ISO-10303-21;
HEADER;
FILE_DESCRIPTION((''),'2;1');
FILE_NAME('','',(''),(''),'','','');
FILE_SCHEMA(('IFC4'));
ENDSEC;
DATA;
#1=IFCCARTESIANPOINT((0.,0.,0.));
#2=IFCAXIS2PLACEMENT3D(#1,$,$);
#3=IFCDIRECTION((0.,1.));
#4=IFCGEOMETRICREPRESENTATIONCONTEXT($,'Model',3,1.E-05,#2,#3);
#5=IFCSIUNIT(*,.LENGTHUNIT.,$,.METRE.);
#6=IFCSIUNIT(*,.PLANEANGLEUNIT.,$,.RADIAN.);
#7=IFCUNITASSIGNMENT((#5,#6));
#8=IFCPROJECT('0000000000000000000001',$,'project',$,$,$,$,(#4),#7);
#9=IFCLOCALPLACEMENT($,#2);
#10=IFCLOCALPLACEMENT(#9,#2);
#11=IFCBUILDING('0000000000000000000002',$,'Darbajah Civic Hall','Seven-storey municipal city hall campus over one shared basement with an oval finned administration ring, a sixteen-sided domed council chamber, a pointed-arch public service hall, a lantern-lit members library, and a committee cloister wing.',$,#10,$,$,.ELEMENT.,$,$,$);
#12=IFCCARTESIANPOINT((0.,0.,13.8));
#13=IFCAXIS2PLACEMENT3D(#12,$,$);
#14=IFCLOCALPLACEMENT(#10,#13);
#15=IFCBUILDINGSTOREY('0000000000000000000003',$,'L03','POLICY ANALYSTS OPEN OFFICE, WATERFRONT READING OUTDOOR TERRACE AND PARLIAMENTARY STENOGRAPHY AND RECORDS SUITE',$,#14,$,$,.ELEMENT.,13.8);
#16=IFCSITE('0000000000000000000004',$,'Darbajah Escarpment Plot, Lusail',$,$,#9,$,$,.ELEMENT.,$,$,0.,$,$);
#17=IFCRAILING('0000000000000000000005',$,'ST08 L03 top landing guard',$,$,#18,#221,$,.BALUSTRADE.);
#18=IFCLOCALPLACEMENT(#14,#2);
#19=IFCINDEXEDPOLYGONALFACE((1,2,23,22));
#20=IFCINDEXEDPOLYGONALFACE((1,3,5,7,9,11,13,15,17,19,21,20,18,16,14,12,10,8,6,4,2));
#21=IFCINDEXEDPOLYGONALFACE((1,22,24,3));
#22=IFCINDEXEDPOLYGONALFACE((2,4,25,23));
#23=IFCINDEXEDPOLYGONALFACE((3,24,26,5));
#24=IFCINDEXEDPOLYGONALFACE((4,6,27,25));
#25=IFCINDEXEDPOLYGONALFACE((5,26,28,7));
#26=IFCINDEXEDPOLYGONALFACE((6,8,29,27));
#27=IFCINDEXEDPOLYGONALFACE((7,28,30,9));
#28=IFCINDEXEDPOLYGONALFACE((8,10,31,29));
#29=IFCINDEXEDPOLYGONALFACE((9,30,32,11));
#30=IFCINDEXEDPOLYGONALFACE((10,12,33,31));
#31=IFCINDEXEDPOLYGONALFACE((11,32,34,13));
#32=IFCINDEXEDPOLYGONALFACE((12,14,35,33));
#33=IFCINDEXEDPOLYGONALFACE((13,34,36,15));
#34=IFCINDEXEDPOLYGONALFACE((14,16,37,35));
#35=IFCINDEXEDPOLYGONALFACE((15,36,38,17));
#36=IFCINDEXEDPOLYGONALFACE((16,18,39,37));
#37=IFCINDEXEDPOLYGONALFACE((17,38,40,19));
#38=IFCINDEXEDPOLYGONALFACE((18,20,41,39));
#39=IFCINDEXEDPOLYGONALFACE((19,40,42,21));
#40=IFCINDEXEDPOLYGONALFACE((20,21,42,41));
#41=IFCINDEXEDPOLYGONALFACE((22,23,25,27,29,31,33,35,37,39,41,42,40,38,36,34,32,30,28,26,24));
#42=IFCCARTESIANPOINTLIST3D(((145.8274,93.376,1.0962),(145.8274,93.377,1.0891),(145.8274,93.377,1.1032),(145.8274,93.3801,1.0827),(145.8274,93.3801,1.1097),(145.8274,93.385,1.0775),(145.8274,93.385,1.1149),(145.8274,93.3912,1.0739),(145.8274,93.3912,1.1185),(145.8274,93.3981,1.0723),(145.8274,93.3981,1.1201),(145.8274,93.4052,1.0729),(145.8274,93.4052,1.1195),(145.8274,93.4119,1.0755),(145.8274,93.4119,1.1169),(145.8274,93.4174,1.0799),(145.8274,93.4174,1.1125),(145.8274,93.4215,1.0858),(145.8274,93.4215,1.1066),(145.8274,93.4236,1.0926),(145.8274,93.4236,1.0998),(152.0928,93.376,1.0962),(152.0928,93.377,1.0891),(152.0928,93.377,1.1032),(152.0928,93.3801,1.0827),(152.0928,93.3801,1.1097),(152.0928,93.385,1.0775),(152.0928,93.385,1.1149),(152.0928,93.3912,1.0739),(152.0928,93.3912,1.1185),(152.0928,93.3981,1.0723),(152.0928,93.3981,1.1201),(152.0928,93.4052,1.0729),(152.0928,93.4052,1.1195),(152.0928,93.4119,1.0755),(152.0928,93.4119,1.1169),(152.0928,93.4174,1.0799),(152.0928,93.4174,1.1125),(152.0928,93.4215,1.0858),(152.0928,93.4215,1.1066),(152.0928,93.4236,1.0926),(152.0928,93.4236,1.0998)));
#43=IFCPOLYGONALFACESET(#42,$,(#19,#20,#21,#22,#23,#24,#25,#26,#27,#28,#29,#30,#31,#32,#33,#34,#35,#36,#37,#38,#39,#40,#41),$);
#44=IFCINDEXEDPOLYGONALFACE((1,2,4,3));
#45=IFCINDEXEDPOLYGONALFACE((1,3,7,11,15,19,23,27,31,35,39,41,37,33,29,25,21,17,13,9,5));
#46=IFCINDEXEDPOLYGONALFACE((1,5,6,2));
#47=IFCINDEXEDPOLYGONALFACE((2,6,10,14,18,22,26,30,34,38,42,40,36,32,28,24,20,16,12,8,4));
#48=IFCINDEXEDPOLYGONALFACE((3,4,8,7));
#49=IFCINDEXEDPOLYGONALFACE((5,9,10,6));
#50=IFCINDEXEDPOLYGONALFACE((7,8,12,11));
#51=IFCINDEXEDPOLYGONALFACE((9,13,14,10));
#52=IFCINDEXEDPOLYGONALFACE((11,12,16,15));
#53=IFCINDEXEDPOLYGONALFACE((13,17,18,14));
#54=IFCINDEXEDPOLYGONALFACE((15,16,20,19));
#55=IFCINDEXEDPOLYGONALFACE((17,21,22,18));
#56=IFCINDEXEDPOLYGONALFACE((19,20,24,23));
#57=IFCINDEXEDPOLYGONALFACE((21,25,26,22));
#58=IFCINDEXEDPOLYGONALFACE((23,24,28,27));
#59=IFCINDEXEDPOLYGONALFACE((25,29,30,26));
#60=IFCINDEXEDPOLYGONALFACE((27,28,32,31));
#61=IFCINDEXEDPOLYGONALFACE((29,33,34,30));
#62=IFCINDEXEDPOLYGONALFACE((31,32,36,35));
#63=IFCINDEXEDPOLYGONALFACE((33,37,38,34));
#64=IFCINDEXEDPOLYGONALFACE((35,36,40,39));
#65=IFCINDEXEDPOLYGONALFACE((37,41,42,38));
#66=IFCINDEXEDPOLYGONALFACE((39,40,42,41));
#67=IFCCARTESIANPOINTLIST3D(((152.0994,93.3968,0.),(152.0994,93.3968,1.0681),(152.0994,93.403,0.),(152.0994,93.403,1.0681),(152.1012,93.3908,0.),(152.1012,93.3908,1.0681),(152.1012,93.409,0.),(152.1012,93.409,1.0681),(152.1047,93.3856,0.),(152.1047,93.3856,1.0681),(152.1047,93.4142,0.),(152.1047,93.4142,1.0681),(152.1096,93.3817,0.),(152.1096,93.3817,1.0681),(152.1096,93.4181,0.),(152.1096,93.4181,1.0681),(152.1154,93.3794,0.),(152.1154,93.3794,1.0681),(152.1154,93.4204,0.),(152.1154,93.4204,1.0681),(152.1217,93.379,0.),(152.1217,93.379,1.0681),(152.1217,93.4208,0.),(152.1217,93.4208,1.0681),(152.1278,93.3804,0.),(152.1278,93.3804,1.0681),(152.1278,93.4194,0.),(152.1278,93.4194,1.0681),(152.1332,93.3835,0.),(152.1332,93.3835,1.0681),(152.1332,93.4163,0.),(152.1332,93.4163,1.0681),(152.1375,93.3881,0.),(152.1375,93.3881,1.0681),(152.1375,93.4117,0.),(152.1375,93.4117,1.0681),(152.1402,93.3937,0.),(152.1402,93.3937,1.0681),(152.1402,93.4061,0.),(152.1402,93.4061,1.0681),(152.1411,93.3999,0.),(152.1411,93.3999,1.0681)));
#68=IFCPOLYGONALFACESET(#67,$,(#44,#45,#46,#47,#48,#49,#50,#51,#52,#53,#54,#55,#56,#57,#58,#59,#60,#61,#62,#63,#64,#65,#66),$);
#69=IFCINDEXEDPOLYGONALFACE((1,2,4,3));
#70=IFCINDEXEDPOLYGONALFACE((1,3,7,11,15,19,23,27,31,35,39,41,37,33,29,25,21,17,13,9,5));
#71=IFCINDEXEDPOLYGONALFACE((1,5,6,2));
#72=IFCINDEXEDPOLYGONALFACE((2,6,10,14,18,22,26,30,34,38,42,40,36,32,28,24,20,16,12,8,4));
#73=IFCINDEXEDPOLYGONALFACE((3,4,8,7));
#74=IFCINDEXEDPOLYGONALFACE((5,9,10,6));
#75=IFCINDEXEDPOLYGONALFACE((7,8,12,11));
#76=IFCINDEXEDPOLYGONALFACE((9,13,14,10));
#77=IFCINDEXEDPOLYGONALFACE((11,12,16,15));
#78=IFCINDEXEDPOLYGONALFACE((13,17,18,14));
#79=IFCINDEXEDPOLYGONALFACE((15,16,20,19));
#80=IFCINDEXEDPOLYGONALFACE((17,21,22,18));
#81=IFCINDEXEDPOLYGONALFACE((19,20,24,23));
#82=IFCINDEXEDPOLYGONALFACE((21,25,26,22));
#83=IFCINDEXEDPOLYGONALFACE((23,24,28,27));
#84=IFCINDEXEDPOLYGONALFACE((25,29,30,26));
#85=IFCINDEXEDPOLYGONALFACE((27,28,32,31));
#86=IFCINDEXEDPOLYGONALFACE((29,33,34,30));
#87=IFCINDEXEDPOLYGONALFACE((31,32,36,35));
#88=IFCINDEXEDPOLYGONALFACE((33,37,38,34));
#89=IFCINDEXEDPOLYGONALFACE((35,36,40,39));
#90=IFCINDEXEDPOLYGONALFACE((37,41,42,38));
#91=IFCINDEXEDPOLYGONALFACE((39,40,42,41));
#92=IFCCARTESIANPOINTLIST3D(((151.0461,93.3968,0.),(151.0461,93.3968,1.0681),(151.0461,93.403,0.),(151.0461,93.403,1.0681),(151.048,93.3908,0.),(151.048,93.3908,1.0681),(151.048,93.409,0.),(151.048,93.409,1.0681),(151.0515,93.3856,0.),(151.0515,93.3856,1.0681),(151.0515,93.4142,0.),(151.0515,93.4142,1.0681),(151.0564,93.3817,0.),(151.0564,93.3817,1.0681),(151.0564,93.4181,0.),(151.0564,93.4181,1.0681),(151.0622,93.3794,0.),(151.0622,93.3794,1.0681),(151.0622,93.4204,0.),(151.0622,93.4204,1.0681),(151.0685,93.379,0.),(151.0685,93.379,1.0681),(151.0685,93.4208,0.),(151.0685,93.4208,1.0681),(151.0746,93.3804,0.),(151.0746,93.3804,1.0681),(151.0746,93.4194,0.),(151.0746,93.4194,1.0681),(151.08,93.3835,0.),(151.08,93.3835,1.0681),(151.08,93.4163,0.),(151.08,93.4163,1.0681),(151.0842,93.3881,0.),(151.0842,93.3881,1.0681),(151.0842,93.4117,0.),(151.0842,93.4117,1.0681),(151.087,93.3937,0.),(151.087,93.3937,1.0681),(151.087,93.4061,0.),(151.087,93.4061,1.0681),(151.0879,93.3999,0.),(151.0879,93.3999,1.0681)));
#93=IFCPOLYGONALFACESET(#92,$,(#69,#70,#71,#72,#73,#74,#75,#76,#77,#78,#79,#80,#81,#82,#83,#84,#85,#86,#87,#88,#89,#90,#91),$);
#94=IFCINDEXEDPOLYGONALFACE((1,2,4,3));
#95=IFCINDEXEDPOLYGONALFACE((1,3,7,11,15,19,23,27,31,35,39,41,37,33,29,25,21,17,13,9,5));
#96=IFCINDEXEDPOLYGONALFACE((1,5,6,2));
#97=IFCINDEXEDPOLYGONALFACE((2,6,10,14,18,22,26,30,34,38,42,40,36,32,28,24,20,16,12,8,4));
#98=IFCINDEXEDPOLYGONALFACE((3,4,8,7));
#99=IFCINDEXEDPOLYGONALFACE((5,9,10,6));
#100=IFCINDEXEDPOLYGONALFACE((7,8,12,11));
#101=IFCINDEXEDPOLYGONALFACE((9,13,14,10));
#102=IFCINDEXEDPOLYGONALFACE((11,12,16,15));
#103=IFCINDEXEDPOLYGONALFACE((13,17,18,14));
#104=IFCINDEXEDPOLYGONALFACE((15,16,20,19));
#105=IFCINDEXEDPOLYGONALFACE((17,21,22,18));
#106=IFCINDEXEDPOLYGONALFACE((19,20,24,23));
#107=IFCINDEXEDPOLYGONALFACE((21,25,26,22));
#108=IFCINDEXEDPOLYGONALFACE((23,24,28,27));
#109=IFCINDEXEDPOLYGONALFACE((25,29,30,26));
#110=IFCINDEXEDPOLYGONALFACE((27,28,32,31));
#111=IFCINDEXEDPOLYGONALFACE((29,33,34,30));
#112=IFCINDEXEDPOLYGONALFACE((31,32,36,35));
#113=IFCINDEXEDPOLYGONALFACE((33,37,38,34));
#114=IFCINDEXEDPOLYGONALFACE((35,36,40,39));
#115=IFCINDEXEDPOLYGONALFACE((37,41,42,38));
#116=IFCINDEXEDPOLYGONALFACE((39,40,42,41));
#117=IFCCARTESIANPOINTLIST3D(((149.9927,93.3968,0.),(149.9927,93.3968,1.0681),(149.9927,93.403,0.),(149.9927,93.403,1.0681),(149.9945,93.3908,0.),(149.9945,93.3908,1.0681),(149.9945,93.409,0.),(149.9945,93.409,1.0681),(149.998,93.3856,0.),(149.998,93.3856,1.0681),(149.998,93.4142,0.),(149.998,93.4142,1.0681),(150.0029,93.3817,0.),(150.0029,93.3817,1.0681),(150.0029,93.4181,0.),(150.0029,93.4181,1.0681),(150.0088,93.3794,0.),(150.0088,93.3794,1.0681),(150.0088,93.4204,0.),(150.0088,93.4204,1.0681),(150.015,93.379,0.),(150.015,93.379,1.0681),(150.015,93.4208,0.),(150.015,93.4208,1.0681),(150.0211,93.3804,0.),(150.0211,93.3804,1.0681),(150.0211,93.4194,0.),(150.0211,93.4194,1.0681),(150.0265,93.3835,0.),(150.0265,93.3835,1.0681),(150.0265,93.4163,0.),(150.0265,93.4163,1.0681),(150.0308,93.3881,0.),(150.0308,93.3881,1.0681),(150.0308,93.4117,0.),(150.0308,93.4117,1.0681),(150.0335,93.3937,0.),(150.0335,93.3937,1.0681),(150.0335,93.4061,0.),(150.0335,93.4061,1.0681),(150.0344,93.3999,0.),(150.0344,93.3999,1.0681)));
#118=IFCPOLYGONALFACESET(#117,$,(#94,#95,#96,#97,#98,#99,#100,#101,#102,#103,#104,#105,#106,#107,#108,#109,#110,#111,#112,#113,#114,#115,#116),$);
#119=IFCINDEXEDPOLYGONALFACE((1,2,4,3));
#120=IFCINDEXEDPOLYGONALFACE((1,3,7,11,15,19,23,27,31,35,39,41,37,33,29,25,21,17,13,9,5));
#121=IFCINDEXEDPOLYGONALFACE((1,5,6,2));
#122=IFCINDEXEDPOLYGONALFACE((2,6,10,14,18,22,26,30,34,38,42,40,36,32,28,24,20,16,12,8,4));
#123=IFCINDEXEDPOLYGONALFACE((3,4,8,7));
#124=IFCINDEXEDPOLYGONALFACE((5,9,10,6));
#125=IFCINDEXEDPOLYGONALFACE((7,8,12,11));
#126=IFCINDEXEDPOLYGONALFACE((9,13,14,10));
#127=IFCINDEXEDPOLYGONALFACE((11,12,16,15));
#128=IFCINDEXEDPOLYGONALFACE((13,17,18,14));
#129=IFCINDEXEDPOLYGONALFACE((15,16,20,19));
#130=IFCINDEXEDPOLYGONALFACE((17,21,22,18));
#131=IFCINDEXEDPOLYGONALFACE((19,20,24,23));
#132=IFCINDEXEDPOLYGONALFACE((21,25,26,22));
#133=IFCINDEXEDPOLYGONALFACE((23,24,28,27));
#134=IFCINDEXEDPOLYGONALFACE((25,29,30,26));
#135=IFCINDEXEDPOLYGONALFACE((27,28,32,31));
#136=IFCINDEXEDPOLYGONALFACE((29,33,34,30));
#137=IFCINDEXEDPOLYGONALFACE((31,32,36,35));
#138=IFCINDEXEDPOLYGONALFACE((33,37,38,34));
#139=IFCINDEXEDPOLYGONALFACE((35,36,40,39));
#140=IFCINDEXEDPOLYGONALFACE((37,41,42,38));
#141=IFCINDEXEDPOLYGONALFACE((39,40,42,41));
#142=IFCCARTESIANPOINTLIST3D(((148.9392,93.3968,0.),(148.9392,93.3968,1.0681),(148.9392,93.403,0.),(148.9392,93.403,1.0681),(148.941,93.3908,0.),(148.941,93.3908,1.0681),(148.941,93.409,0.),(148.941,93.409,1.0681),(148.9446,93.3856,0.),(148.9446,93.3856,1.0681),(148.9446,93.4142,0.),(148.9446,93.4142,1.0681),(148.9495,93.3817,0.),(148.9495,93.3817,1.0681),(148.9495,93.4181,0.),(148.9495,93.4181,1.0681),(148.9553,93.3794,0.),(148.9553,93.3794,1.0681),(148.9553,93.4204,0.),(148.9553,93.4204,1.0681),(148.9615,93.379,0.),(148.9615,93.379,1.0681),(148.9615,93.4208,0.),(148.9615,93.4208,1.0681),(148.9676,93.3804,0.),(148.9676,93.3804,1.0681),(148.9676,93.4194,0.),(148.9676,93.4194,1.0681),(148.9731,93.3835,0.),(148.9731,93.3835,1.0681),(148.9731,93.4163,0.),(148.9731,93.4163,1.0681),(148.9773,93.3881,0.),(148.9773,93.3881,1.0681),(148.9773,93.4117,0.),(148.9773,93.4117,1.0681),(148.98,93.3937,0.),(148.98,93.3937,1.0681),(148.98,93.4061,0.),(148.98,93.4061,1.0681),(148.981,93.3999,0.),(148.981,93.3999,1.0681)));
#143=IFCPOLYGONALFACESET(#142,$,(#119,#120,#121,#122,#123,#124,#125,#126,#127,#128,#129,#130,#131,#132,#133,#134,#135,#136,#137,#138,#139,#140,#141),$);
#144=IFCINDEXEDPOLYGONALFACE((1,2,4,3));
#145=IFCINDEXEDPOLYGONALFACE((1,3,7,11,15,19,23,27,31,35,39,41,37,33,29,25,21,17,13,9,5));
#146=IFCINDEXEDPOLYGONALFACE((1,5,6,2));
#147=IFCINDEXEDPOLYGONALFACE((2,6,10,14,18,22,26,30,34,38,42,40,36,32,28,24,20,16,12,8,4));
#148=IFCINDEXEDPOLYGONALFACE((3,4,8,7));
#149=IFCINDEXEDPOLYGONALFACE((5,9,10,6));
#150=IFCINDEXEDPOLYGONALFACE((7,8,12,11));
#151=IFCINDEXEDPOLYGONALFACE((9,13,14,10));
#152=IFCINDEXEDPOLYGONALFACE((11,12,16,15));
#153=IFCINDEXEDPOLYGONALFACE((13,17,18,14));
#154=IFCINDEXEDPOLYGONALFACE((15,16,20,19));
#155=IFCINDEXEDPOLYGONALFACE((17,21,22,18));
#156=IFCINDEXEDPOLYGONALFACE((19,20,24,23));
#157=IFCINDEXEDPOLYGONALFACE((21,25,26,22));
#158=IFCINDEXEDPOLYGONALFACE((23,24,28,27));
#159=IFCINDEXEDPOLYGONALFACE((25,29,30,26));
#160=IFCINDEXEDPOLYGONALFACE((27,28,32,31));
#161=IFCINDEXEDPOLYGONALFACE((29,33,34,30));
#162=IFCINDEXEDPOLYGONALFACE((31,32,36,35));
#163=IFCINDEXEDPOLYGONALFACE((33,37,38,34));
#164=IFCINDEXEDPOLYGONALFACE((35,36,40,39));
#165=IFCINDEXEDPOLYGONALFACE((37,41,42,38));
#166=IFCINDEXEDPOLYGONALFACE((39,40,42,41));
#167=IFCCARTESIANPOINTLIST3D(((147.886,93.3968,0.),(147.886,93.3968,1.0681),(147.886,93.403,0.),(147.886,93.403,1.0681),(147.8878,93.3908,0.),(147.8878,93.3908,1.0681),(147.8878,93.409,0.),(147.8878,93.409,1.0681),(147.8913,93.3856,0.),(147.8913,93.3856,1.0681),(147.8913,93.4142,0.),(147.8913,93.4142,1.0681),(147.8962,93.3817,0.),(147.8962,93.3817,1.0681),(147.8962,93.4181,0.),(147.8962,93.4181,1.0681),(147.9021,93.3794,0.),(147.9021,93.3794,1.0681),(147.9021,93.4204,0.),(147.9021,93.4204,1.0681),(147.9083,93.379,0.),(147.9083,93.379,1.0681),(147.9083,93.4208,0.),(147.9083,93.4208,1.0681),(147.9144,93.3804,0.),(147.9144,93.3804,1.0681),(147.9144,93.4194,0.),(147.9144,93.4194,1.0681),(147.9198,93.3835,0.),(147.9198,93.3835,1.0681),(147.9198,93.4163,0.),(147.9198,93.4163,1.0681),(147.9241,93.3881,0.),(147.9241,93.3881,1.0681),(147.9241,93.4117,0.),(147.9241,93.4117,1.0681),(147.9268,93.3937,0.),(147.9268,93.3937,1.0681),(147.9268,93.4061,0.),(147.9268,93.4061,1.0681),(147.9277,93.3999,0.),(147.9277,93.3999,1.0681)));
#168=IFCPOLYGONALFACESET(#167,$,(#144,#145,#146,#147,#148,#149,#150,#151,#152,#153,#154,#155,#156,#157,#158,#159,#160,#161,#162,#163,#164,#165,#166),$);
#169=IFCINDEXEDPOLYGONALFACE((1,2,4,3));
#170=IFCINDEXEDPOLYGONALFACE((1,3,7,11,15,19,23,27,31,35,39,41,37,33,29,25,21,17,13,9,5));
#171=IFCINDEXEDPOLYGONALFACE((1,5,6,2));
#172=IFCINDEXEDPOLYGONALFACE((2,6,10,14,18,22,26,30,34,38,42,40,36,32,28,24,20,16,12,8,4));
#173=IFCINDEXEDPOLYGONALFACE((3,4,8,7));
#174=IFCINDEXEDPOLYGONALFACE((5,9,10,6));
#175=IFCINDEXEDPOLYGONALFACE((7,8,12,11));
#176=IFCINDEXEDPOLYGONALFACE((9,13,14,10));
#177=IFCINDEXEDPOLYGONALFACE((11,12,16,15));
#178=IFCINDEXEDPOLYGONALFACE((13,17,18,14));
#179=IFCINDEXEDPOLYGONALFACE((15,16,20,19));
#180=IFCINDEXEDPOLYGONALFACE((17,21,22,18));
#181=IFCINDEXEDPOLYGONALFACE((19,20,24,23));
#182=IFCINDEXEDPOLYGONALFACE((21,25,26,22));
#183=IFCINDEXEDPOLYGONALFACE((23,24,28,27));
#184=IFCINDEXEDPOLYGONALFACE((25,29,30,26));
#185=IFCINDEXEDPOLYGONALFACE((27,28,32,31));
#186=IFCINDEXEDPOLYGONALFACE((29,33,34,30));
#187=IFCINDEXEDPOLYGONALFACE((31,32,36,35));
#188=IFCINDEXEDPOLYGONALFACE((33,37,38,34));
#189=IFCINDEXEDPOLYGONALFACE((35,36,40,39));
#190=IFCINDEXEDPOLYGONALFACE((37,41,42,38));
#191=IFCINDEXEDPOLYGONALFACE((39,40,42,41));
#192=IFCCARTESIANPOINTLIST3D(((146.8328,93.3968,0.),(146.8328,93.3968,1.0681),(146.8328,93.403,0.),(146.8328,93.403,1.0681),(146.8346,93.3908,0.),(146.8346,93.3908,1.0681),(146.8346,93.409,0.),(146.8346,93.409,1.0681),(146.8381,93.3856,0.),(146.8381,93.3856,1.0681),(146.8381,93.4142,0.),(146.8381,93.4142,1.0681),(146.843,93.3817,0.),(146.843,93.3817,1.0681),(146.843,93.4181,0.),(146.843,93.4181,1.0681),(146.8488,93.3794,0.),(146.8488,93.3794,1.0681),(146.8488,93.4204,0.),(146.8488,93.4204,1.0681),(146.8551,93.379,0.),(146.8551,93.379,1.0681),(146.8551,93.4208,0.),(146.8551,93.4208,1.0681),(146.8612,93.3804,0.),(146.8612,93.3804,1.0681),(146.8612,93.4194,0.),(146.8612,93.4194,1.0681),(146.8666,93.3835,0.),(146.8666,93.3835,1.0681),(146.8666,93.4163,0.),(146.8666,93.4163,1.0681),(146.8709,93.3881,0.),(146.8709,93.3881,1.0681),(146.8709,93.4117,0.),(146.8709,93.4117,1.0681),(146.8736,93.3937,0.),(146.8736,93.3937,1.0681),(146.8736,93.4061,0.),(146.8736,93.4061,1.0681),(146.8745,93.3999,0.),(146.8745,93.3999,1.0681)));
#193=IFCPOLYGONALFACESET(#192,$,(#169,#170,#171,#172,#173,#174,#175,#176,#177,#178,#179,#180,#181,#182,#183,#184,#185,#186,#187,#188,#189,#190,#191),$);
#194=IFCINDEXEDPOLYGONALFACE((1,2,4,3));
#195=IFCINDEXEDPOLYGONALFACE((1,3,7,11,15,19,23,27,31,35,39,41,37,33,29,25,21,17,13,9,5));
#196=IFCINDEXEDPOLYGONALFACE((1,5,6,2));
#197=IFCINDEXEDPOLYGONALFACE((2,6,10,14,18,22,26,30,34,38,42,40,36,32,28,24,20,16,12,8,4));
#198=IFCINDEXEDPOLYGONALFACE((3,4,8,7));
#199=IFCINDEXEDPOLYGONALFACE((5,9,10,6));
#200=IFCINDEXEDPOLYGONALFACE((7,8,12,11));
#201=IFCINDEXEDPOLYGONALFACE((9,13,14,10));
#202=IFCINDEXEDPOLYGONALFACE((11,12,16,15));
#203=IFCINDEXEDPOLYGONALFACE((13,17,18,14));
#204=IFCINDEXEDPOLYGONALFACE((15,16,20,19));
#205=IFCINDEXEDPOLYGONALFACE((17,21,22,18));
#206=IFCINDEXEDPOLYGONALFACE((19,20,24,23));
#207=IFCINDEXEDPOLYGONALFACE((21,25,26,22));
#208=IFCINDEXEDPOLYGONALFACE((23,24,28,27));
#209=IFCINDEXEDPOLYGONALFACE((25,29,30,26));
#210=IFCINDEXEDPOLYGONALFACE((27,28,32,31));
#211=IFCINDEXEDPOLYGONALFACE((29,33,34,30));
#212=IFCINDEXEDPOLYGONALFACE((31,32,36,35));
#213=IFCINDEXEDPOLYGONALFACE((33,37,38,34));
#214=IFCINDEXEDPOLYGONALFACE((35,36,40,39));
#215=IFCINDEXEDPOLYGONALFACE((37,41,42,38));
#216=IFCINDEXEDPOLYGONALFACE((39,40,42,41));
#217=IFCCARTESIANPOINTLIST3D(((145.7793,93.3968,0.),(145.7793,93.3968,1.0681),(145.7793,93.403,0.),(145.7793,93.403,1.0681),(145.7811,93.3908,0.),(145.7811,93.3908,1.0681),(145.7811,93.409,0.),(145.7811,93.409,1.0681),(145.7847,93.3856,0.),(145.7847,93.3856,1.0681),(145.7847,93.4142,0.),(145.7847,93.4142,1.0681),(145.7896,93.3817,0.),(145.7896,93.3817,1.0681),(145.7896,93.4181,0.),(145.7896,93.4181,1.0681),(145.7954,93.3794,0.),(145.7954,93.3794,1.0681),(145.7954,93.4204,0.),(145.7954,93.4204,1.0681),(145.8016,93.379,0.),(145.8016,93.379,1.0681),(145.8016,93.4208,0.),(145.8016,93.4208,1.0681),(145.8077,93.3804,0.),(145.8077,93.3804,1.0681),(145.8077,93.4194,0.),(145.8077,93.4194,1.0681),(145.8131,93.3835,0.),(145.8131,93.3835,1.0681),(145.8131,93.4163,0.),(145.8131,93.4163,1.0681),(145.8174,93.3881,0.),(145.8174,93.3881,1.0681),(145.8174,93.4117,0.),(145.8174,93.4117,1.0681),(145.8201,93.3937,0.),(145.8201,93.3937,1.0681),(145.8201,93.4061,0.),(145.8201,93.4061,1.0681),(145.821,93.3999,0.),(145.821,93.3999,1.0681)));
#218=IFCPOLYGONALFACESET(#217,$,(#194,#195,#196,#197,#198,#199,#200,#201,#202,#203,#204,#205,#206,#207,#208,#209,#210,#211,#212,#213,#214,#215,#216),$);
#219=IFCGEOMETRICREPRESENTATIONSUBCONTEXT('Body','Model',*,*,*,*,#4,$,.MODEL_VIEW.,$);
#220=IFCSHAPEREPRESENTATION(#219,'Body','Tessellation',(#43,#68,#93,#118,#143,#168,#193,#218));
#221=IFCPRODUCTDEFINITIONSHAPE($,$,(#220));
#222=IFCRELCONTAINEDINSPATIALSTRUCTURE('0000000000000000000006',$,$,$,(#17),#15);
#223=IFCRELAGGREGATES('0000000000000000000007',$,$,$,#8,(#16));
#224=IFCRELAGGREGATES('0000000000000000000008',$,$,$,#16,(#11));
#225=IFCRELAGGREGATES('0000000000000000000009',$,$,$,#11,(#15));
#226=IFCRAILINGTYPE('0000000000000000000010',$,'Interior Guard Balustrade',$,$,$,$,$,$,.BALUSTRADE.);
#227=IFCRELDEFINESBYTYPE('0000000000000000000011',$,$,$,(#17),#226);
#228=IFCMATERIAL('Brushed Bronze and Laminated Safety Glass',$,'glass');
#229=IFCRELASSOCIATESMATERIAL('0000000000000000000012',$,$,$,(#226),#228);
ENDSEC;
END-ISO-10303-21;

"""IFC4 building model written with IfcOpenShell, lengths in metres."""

from ifc_helpers import new_model, si_unit, direction, frame, origin, origin_2d, place, context, subcontext, project, spatial, circle, extrude, material, type_object, element, save


model = new_model("IFC4")

# Units and contexts
model_context = context("Model", 3, precision=1e-05, world=origin(), true_north=direction((0.0, 1.0)))
body_context = subcontext(model_context, "Body", "Model", "MODEL_VIEW")
ifc_project = project(units=[si_unit("LENGTHUNIT", "METRE"), si_unit("PLANEANGLEUNIT", "RADIAN")], contexts=[model_context])

# Site, building, storey
site_placement = place(None, origin())
site = spatial("IfcSite", under=ifc_project, at=site_placement, Name="Darbajah Escarpment Plot, Lusail", CompositionType="ELEMENT", RefElevation=0.0)
building_placement = place(site_placement, origin())
building = spatial("IfcBuilding", under=site, at=building_placement, Name="Darbajah Civic Hall", Description="Seven-storey municipal city hall campus over one shared basement with an oval finned administration ring, a sixteen-sided domed council chamber, a pointed-arch public service hall, a lantern-lit members library, and a committee cloister wing.", CompositionType="ELEMENT")
storey_placement = place(building_placement, frame((0.0, 0.0, 13.8)))
storey = spatial("IfcBuildingStorey", under=building, at=storey_placement, Name="L03", Description="POLICY ANALYSTS OPEN OFFICE, WATERFRONT READING OUTDOOR TERRACE AND PARLIAMENTARY STENOGRAPHY AND RECORDS SUITE", CompositionType="ELEMENT", Elevation=13.8)

# Railing
ifc_material_1 = material(Name="Brushed Bronze and Laminated Safety Glass", Category="glass")
railing_type = type_object("IfcRailingType", Name="Interior Guard Balustrade", PredefinedType="BALUSTRADE", material=ifc_material_1)
railing_1_placement = place(storey_placement, frame((152.1201, 93.3999, 0.0)))
element("IfcRailing", 1, at=railing_1_placement, inside=storey, type_object=railing_type, Name="ST08 L03 top landing guard", PredefinedType="BALUSTRADE", context=body_context, shape_type="SweptSolid", body=[
    extrude(circle(Radius=0.0239, at=origin_2d()), frame((-0.0273, 0.0, 1.0962), z_axis=(-1.0, 0.0, 0.0), x_axis=(0.0, -1.0, 0.0)), (0.0, 0.0, 1.0), 6.2654),
    extrude(circle(Radius=0.021, at=origin_2d()), origin(), (0.0, 0.0, 1.0), 1.0681),
    extrude(circle(Radius=0.021, at=origin_2d()), frame((-1.0532, 0.0, 0.0)), (0.0, 0.0, 1.0), 1.0681),
    extrude(circle(Radius=0.021, at=origin_2d()), frame((-2.1067, 0.0, 0.0)), (0.0, 0.0, 1.0), 1.0681),
    extrude(circle(Radius=0.021, at=origin_2d()), frame((-3.1602, 0.0, 0.0)), (0.0, 0.0, 1.0), 1.0681),
    extrude(circle(Radius=0.021, at=origin_2d()), frame((-4.2134, 0.0, 0.0)), (0.0, 0.0, 1.0), 1.0681),
    extrude(circle(Radius=0.021, at=origin_2d()), frame((-5.2666, 0.0, 0.0)), (0.0, 0.0, 1.0), 1.0681),
    extrude(circle(Radius=0.021, at=origin_2d()), frame((-6.3201, 0.0, 0.0)), (0.0, 0.0, 1.0), 1.0681),
])

save(model, "model.ifc")
